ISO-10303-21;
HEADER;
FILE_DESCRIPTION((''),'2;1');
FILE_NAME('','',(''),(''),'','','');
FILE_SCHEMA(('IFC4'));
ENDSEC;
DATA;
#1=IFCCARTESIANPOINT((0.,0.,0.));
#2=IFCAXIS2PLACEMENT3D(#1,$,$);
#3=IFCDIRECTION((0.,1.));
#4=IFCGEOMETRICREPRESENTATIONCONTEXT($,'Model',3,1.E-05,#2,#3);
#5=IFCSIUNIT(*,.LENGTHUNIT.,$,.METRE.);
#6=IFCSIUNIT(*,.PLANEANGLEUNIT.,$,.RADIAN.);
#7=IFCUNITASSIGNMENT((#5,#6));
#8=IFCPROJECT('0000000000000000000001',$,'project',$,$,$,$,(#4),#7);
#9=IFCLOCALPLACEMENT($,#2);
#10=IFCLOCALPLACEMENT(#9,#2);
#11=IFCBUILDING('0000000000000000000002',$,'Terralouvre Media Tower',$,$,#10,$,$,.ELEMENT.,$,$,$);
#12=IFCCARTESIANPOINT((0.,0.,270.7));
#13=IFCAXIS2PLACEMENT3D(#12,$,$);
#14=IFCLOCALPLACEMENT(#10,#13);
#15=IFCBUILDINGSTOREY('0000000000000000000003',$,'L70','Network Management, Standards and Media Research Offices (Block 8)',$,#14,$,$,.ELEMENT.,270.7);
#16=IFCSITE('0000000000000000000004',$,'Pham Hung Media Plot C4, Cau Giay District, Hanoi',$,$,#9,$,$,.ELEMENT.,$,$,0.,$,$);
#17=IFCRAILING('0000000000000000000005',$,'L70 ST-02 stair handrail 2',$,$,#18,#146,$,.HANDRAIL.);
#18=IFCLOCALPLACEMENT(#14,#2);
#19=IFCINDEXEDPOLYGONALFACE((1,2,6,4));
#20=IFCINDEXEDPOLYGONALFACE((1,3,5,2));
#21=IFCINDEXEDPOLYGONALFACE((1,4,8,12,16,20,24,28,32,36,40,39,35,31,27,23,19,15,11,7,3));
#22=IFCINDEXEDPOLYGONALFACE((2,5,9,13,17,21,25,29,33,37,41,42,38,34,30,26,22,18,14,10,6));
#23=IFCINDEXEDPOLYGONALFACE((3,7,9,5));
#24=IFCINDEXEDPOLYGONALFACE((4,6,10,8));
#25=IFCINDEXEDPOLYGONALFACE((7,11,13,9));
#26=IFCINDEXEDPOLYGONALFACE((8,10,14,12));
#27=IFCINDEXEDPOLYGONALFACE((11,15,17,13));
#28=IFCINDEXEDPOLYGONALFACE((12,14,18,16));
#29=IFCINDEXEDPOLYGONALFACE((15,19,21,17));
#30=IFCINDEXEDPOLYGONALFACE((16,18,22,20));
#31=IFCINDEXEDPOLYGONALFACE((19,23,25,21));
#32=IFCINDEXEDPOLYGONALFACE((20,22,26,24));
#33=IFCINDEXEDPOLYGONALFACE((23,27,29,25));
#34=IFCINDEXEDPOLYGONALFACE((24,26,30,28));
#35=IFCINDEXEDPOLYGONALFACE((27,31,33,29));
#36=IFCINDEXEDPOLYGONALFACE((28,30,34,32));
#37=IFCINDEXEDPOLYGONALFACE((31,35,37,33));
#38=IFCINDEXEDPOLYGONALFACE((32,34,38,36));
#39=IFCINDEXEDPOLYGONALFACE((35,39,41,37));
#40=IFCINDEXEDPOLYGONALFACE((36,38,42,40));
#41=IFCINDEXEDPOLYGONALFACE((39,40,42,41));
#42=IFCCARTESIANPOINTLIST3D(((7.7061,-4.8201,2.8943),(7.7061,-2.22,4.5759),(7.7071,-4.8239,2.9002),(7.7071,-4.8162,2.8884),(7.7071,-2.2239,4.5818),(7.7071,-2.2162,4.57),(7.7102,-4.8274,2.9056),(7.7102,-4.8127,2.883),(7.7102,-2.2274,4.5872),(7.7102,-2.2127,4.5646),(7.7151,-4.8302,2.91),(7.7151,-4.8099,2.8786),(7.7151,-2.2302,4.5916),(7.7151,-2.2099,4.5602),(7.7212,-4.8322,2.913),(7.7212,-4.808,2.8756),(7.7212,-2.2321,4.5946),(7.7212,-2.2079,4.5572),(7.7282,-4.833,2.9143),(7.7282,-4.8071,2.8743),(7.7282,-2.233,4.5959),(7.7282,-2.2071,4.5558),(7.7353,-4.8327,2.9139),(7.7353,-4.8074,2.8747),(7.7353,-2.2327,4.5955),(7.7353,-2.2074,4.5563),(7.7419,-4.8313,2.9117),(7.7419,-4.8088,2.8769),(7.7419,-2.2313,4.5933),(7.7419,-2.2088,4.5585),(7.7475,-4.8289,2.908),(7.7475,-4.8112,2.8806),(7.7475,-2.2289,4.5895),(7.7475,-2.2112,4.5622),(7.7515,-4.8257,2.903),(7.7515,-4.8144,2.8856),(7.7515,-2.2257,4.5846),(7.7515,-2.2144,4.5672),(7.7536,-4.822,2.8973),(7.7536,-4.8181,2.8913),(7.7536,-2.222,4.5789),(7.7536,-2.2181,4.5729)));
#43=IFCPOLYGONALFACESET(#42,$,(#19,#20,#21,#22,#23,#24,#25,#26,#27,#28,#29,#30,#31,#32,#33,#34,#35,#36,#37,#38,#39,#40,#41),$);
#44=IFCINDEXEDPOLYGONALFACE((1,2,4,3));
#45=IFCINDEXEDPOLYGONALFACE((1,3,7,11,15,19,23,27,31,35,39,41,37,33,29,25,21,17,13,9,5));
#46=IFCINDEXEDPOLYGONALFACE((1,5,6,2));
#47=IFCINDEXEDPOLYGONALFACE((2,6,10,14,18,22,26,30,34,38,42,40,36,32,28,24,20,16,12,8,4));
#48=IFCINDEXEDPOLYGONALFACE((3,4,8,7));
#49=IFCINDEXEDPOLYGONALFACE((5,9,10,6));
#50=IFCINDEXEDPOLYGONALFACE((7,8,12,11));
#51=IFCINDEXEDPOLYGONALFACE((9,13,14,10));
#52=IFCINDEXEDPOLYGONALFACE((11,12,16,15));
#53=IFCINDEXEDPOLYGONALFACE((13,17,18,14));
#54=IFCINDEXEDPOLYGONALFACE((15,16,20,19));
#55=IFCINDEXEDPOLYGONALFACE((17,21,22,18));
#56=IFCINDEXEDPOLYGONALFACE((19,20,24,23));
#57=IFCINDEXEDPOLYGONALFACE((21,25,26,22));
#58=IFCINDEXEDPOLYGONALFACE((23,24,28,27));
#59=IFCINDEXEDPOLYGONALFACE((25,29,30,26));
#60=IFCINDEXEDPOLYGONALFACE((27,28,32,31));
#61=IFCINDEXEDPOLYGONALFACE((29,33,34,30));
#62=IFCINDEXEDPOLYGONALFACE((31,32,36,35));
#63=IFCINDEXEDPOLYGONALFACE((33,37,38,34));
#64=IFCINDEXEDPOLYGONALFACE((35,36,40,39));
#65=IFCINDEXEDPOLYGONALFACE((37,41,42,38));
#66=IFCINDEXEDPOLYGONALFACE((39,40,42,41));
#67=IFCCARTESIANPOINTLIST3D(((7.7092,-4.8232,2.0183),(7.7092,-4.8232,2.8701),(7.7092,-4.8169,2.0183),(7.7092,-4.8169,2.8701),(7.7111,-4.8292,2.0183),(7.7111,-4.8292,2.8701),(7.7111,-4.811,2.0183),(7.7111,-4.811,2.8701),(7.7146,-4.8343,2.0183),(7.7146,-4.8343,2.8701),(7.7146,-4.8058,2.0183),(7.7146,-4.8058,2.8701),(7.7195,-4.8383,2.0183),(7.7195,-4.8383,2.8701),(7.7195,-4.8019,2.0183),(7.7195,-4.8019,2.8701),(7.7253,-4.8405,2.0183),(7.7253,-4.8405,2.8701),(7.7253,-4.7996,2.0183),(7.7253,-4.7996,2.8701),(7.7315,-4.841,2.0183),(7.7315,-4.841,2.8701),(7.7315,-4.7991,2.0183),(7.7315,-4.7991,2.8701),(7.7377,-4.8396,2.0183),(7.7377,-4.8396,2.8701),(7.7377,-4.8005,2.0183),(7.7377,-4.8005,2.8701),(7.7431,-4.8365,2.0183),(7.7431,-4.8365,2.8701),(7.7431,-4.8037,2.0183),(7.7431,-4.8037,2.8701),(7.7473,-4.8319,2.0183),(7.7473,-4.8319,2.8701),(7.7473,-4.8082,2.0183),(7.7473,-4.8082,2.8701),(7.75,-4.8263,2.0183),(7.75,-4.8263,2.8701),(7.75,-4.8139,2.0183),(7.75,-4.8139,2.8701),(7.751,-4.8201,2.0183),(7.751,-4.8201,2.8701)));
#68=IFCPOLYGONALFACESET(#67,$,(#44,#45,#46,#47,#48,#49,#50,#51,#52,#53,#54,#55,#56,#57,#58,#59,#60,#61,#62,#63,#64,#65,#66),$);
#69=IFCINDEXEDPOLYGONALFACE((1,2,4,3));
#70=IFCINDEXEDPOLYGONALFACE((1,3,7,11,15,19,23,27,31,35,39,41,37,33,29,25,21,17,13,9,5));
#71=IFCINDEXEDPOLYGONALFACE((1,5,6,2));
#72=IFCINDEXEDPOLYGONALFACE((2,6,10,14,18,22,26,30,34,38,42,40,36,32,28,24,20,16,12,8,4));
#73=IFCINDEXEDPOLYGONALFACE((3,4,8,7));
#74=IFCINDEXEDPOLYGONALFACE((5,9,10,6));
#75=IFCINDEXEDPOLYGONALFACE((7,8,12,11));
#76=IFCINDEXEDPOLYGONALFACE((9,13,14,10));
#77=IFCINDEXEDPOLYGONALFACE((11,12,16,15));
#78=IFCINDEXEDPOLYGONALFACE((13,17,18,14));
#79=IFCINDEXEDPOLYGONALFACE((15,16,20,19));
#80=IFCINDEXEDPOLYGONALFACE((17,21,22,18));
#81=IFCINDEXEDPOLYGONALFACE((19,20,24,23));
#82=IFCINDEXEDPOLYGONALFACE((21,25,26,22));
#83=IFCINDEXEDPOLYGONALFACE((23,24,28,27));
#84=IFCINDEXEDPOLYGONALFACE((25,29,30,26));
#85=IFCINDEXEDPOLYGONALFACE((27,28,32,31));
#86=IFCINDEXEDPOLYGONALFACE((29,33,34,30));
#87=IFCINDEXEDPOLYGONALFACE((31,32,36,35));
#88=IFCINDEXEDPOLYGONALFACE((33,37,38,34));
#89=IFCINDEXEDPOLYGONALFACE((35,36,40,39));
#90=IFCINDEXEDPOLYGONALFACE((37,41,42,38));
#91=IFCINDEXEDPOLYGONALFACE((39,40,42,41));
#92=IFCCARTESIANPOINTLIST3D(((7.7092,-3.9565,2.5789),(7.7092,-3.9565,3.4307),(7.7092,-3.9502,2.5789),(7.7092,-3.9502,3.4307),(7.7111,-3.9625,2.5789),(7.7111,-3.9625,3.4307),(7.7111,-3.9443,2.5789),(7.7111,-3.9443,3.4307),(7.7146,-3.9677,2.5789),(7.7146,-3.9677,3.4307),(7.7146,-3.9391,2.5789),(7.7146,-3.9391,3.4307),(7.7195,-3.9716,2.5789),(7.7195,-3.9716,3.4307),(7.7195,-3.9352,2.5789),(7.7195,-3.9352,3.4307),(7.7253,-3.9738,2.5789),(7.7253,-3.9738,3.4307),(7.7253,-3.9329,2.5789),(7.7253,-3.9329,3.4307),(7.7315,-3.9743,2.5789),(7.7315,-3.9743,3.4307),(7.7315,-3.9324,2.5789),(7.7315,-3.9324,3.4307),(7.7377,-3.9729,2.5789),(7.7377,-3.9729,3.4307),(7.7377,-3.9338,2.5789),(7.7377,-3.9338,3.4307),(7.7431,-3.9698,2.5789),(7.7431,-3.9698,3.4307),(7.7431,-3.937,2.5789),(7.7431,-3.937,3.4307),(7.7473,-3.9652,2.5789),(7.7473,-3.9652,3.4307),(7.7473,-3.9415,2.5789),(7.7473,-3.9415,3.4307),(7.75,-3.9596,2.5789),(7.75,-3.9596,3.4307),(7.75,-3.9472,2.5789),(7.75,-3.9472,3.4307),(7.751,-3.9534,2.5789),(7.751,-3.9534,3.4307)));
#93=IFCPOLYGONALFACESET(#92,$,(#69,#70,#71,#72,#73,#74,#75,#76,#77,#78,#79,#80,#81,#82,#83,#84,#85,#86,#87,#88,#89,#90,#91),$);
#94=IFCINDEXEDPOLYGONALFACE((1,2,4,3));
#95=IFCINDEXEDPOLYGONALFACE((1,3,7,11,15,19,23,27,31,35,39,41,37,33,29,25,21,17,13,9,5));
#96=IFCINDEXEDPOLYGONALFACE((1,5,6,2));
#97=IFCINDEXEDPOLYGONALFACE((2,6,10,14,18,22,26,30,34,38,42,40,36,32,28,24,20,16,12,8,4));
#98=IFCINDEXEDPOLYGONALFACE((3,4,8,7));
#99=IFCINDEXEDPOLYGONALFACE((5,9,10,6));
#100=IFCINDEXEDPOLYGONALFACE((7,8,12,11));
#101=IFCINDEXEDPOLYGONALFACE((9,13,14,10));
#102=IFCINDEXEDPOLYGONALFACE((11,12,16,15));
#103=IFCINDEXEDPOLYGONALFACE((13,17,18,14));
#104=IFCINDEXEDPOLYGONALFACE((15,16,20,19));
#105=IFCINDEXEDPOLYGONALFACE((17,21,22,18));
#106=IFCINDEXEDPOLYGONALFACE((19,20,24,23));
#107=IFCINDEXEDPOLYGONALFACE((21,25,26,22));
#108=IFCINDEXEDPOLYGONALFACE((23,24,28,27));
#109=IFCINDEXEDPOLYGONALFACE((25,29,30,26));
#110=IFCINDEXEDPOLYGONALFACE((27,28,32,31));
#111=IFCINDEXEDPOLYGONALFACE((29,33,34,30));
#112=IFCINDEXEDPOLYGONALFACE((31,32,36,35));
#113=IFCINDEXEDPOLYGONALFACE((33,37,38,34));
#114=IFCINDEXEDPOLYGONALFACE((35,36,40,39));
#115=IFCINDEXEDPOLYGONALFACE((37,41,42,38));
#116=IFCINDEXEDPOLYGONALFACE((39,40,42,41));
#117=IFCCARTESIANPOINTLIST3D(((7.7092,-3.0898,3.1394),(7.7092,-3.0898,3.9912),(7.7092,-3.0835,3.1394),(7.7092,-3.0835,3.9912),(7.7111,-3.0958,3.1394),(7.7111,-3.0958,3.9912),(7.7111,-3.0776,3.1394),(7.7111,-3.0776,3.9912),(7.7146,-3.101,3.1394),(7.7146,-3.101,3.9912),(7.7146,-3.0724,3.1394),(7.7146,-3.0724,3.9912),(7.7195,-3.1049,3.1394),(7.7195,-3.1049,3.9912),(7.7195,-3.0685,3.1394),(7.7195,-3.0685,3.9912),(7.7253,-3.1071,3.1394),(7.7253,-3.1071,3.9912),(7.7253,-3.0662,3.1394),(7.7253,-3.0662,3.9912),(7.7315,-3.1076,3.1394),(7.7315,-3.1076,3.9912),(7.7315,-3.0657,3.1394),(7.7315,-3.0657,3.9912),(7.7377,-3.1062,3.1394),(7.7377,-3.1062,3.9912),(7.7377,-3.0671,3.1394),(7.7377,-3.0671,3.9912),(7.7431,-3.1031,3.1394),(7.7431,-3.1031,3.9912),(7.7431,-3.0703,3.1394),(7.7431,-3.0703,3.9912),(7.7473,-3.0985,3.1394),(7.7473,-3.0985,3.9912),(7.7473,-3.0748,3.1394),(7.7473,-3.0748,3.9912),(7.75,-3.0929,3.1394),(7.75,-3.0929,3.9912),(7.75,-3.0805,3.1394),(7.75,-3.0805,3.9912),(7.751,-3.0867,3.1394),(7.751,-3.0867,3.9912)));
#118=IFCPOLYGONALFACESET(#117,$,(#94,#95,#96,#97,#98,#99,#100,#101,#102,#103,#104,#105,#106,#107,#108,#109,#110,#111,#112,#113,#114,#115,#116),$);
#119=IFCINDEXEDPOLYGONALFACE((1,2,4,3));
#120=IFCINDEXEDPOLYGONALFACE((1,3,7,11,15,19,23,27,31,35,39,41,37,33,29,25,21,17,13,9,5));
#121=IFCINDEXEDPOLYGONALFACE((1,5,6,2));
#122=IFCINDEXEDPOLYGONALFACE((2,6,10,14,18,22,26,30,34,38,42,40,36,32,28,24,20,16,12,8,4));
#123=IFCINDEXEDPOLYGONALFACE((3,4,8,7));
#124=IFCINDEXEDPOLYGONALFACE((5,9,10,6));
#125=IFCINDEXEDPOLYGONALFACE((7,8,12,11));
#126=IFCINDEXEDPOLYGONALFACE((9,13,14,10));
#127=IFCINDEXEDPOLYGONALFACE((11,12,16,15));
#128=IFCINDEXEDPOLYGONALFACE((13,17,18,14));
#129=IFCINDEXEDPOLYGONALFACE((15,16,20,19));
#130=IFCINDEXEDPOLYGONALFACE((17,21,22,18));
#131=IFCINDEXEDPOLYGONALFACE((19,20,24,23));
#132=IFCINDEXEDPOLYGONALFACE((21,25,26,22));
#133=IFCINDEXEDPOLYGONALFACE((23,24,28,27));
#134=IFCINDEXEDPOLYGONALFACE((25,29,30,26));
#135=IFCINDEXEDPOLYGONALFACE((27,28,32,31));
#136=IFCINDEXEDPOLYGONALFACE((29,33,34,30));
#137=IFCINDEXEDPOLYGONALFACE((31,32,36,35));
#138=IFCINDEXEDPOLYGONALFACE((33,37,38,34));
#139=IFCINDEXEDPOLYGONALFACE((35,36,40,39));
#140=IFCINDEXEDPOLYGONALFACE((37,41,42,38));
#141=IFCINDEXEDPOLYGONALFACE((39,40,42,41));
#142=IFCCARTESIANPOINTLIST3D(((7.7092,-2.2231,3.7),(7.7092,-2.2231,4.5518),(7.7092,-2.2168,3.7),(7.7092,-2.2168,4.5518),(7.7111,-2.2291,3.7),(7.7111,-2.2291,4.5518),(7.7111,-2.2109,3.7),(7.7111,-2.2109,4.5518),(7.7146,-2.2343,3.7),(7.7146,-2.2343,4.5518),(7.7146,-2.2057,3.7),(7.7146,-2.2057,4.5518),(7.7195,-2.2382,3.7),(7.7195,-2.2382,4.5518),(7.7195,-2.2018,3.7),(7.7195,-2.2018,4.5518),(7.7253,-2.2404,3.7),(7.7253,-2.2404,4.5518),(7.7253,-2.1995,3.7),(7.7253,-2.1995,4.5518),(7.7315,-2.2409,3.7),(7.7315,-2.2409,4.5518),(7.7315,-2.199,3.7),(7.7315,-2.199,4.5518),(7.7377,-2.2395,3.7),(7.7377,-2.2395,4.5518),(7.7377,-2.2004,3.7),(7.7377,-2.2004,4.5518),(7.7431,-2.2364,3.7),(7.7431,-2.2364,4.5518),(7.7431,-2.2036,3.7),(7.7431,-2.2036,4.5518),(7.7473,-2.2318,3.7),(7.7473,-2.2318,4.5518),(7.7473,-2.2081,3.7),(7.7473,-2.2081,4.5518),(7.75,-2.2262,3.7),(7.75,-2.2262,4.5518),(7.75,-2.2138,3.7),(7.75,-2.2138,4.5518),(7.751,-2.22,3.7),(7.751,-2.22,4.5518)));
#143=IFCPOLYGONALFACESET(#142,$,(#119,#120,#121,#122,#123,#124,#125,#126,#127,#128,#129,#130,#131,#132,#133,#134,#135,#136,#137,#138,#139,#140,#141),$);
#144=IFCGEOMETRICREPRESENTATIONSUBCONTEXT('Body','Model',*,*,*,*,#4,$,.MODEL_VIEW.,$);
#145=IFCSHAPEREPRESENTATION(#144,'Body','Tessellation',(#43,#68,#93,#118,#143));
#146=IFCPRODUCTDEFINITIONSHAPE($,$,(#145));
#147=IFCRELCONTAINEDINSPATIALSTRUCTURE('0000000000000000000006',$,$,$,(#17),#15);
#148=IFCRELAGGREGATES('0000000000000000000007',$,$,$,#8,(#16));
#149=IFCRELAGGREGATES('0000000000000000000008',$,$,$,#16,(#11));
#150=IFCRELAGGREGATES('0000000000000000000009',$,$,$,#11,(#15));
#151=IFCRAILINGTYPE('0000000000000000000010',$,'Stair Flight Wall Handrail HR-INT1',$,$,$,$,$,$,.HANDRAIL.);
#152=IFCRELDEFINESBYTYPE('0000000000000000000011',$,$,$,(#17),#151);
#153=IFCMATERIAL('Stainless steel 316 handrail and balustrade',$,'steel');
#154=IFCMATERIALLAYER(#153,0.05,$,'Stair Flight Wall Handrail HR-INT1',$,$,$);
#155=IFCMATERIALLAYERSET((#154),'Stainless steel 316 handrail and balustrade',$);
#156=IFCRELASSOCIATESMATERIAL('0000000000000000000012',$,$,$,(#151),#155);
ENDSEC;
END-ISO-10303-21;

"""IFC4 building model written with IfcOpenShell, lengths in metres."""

from ifc_helpers import new_model, si_unit, direction, frame, origin, origin_2d, place, context, subcontext, project, spatial, circle, extrude, material, layer, layer_set, type_object, element, save


model = new_model("IFC4")

# Units and contexts
model_context = context("Model", 3, precision=1e-05, world=origin(), true_north=direction((0.0, 1.0)))
body_context = subcontext(model_context, "Body", "Model", "MODEL_VIEW")
ifc_project = project(units=[si_unit("LENGTHUNIT", "METRE"), si_unit("PLANEANGLEUNIT", "RADIAN")], contexts=[model_context])

# Site, building, storey
site_placement = place(None, origin())
site = spatial("IfcSite", under=ifc_project, at=site_placement, Name="Pham Hung Media Plot C4, Cau Giay District, Hanoi", CompositionType="ELEMENT", RefElevation=0.0)
building_placement = place(site_placement, origin())
building = spatial("IfcBuilding", under=site, at=building_placement, Name="Terralouvre Media Tower", CompositionType="ELEMENT")
storey_placement = place(building_placement, frame((0.0, 0.0, 270.7)))
storey = spatial("IfcBuildingStorey", under=building, at=storey_placement, Name="L70", Description="Network Management, Standards and Media Research Offices (Block 8)", CompositionType="ELEMENT", Elevation=270.7)

# Railing
ifc_material_1 = material(Name="Stainless steel 316 handrail and balustrade", Category="steel")
ifc_layer_1 = layer(ifc_material_1, 0.05, Name="Stair Flight Wall Handrail HR-INT1")
ifc_layer_set_1 = layer_set([ifc_layer_1], Name="Stainless steel 316 handrail and balustrade")
railing_type_1 = type_object("IfcRailingType", Name="Stair Flight Wall Handrail HR-INT1", PredefinedType="HANDRAIL", material=ifc_layer_set_1)
railing_1_placement = place(storey_placement, frame((7.73, -4.8201, 2.0183)))
element("IfcRailing", 1, at=railing_1_placement, inside=storey, type_object=railing_type_1, Name="L70 ST-02 stair handrail 2", PredefinedType="HANDRAIL", context=body_context, shape_type="SweptSolid", body=[
    extrude(circle(Radius=0.0239, at=origin_2d()), frame((0.0, 0.0, 0.876), z_axis=(0.0, 0.839684, 0.543075), x_axis=(-1.0, 0.0, 0.0)), (0.0, 0.0, 1.0), 3.0964),
    extrude(circle(Radius=0.021, at=origin_2d()), origin(), (0.0, 0.0, 1.0), 0.8518),
    extrude(circle(Radius=0.021, at=origin_2d()), frame((0.0, 0.8667, 0.5605)), (0.0, 0.0, 1.0), 0.8518),
    extrude(circle(Radius=0.021, at=origin_2d()), frame((0.0, 1.7334, 1.1211)), (0.0, 0.0, 1.0), 0.8518),
    extrude(circle(Radius=0.021, at=origin_2d()), frame((0.0, 2.6001, 1.6816)), (0.0, 0.0, 1.0), 0.8518),
])

save(model, "model.ifc")
